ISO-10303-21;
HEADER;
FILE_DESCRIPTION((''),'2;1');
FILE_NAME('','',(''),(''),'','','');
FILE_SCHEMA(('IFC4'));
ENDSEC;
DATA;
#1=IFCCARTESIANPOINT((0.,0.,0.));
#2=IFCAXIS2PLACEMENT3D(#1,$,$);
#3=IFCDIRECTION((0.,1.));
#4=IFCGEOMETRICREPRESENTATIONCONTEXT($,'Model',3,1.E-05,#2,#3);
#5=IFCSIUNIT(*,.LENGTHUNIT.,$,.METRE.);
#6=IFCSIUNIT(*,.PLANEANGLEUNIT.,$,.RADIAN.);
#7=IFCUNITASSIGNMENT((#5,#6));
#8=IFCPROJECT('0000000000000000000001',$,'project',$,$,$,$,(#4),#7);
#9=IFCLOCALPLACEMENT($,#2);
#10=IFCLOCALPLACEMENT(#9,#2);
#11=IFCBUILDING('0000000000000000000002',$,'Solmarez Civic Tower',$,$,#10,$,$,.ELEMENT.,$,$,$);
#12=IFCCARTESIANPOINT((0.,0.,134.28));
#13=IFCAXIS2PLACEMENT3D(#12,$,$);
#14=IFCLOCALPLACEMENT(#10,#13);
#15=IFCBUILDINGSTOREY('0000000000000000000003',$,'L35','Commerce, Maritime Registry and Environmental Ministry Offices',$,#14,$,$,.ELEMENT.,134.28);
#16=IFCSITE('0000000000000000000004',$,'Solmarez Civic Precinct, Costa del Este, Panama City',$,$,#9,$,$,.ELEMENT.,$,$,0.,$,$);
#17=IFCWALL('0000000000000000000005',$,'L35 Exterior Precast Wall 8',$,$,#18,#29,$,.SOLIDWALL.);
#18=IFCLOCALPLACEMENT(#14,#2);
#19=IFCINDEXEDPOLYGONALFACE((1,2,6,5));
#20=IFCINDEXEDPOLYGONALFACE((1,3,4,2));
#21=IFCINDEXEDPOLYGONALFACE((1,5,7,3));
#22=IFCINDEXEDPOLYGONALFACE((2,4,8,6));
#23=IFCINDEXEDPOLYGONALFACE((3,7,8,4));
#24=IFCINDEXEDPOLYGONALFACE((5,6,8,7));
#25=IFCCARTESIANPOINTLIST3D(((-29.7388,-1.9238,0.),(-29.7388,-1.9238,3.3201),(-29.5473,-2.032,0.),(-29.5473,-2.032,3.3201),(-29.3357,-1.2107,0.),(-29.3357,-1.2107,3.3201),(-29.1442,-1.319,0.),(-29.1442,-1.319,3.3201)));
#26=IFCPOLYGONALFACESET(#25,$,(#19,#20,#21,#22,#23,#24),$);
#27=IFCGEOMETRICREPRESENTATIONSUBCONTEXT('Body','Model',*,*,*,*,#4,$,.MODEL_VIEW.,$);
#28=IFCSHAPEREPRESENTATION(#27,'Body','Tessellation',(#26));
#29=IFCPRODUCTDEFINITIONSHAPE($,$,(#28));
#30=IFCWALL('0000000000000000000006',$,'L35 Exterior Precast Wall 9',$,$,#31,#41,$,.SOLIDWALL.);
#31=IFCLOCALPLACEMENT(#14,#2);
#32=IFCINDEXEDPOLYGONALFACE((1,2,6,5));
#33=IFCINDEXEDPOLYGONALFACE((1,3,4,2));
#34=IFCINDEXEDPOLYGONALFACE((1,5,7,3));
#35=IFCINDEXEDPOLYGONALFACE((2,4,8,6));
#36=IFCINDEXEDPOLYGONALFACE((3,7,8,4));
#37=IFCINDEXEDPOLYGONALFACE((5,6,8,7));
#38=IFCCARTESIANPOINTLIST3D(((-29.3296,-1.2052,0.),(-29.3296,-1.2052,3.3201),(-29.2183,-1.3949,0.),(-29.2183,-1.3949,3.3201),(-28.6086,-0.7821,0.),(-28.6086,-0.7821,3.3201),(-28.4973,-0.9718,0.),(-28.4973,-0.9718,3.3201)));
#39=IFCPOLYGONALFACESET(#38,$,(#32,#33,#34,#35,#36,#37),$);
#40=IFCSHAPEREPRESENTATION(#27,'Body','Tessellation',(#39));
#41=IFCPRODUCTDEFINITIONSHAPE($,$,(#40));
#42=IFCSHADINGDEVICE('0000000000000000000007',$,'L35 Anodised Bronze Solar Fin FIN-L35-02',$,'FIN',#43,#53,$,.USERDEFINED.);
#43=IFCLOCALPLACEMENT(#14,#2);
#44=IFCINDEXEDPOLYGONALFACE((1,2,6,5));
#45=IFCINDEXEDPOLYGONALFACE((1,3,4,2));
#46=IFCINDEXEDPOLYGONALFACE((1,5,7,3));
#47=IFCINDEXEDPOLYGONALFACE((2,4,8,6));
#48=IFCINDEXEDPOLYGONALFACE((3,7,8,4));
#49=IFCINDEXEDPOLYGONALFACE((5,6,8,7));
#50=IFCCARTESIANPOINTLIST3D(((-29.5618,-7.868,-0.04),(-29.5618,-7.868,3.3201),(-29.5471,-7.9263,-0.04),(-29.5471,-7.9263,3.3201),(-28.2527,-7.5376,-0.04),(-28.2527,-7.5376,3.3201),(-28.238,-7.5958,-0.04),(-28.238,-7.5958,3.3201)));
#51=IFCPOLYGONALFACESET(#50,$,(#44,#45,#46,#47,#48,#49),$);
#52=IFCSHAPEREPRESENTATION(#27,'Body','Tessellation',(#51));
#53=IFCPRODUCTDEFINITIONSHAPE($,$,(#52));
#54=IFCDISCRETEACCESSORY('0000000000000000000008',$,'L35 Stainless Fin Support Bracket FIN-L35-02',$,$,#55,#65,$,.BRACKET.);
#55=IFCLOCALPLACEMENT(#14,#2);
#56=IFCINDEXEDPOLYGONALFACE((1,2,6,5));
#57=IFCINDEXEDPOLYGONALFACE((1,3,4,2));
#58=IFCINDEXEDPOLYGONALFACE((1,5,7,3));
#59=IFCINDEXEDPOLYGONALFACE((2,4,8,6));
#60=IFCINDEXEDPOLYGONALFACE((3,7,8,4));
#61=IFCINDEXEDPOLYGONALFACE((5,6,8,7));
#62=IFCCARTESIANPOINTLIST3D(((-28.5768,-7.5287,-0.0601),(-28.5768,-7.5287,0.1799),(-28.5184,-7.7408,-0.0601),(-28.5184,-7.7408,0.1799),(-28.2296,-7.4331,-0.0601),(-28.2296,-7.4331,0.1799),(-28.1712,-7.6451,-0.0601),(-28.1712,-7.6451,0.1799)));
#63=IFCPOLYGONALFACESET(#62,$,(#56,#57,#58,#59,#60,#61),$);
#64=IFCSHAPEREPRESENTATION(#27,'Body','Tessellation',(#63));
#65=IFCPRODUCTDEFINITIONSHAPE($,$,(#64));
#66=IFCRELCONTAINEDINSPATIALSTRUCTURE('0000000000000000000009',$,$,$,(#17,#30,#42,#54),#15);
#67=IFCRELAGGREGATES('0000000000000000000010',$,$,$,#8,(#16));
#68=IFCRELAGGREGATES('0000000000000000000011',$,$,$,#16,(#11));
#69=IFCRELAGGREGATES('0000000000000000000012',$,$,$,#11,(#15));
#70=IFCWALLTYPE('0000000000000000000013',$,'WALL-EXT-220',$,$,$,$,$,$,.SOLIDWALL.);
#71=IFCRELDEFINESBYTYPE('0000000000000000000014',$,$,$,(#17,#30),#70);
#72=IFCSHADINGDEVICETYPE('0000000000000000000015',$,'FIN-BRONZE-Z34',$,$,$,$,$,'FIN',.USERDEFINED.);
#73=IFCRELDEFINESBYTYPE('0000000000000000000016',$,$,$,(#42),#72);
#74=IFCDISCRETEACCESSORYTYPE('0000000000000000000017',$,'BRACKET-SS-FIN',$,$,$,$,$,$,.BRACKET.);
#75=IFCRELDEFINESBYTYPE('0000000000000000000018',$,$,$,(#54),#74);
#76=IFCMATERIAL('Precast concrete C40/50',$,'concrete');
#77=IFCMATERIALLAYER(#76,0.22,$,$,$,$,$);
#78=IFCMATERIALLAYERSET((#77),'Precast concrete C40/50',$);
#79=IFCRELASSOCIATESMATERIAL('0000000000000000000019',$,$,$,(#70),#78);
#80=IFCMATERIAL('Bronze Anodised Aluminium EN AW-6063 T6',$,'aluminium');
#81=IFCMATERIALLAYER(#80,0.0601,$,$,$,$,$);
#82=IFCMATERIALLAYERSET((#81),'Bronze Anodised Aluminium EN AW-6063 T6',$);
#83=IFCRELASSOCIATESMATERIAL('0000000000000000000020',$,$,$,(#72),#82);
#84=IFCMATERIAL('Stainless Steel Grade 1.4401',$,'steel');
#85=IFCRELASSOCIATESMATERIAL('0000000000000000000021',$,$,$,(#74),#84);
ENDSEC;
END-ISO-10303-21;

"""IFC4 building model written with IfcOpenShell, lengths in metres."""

from ifc_helpers import new_model, si_unit, direction, frame, frame_2d, origin, origin_2d, place, context, subcontext, project, spatial, rectangle, extrude, material, layer, layer_set, type_object, element, save


model = new_model("IFC4")

# Units and contexts
model_context = context("Model", 3, precision=1e-05, world=origin(), true_north=direction((0.0, 1.0)))
body_context = subcontext(model_context, "Body", "Model", "MODEL_VIEW")
ifc_project = project(units=[si_unit("LENGTHUNIT", "METRE"), si_unit("PLANEANGLEUNIT", "RADIAN")], contexts=[model_context])

# Site, building, storey
site_placement = place(None, origin())
site = spatial("IfcSite", under=ifc_project, at=site_placement, Name="Solmarez Civic Precinct, Costa del Este, Panama City", CompositionType="ELEMENT", RefElevation=0.0)
building_placement = place(site_placement, origin())
building = spatial("IfcBuilding", under=site, at=building_placement, Name="Solmarez Civic Tower", CompositionType="ELEMENT")
storey_placement = place(building_placement, frame((0.0, 0.0, 134.28)))
storey = spatial("IfcBuildingStorey", under=building, at=storey_placement, Name="L35", Description="Commerce, Maritime Registry and Environmental Ministry Offices", CompositionType="ELEMENT", Elevation=134.28)

# Shared definitions
ifc_material_1 = material(Name="Bronze Anodised Aluminium EN AW-6063 T6", Category="aluminium")

# Walls
ifc_material_2 = material(Name="Precast concrete C40/50", Category="concrete")
ifc_layer_1 = layer(ifc_material_2, 0.22)
ifc_layer_set_1 = layer_set([ifc_layer_1], Name="Precast concrete C40/50")
wall_type = type_object("IfcWallType", Name="WALL-EXT-220", PredefinedType="SOLIDWALL", material=ifc_layer_set_1)
wall_1_placement = place(storey_placement, frame((-29.6431, -1.978, 0.0), z_axis=(0.0, 0.0, 1.0), x_axis=(0.492057, 0.870563, 0.0)))
element("IfcWall", 1, at=wall_1_placement, inside=storey, type_object=wall_type, Name="L35 Exterior Precast Wall 8", PredefinedType="SOLIDWALL", context=body_context, shape_type="SweptSolid", body=[
    extrude(rectangle(XDim=0.8191, YDim=0.22, at=frame_2d((0.4097, 0.0))), origin(), (0.0, 0.0, 1.0), 3.3201),
])
wall_2_placement = place(storey_placement, frame((-29.2739, -1.3, 0.0), z_axis=(0.0, 0.0, 1.0), x_axis=(0.862452, 0.506139, 0.0)))
element("IfcWall", 2, at=wall_2_placement, inside=storey, type_object=wall_type, Name="L35 Exterior Precast Wall 9", PredefinedType="SOLIDWALL", context=body_context, shape_type="SweptSolid", body=[
    extrude(rectangle(XDim=0.8359, YDim=0.22, at=frame_2d((0.418, 0.0))), origin(), (0.0, 0.0, 1.0), 3.3201),
])

# Shading device
ifc_layer_2 = layer(ifc_material_1, 0.0601)
ifc_layer_set_2 = layer_set([ifc_layer_2], Name="Bronze Anodised Aluminium EN AW-6063 T6")
shading_device_type = type_object("IfcShadingDeviceType", Name="FIN-BRONZE-Z34", ElementType="FIN", PredefinedType="USERDEFINED", material=ifc_layer_set_2)
shading_device_placement = place(storey_placement, frame((-28.8999, -7.7319, -0.04), z_axis=(0.0, 0.0, 1.0), x_axis=(-0.969582, -0.244766, 0.0)))
element("IfcShadingDevice", 3, at=shading_device_placement, inside=storey, type_object=shading_device_type, Name="L35 Anodised Bronze Solar Fin FIN-L35-02", ObjectType="FIN", PredefinedType="USERDEFINED", context=body_context, shape_type="SweptSolid", body=[
    extrude(rectangle(XDim=1.3501, YDim=0.0601, at=origin_2d()), origin(), (0.0, 0.0, 1.0), 3.3601),
])

# Discrete accessory
ifc_material_3 = material(Name="Stainless Steel Grade 1.4401", Category="steel")
discrete_accessory_type = type_object("IfcDiscreteAccessoryType", Name="BRACKET-SS-FIN", PredefinedType="BRACKET", material=ifc_material_3)
discrete_accessory_placement = place(storey_placement, frame((-28.374, -7.5869, -0.0601), z_axis=(0.0, 0.0, 1.0), x_axis=(-0.964111, -0.2655, 0.0)))
element("IfcDiscreteAccessory", 4, at=discrete_accessory_placement, inside=storey, type_object=discrete_accessory_type, Name="L35 Stainless Fin Support Bracket FIN-L35-02", PredefinedType="BRACKET", context=body_context, shape_type="SweptSolid", body=[
    extrude(rectangle(XDim=0.3601, YDim=0.22, at=origin_2d()), origin(), (0.0, 0.0, 1.0), 0.24),
])

save(model, "model.ifc")
